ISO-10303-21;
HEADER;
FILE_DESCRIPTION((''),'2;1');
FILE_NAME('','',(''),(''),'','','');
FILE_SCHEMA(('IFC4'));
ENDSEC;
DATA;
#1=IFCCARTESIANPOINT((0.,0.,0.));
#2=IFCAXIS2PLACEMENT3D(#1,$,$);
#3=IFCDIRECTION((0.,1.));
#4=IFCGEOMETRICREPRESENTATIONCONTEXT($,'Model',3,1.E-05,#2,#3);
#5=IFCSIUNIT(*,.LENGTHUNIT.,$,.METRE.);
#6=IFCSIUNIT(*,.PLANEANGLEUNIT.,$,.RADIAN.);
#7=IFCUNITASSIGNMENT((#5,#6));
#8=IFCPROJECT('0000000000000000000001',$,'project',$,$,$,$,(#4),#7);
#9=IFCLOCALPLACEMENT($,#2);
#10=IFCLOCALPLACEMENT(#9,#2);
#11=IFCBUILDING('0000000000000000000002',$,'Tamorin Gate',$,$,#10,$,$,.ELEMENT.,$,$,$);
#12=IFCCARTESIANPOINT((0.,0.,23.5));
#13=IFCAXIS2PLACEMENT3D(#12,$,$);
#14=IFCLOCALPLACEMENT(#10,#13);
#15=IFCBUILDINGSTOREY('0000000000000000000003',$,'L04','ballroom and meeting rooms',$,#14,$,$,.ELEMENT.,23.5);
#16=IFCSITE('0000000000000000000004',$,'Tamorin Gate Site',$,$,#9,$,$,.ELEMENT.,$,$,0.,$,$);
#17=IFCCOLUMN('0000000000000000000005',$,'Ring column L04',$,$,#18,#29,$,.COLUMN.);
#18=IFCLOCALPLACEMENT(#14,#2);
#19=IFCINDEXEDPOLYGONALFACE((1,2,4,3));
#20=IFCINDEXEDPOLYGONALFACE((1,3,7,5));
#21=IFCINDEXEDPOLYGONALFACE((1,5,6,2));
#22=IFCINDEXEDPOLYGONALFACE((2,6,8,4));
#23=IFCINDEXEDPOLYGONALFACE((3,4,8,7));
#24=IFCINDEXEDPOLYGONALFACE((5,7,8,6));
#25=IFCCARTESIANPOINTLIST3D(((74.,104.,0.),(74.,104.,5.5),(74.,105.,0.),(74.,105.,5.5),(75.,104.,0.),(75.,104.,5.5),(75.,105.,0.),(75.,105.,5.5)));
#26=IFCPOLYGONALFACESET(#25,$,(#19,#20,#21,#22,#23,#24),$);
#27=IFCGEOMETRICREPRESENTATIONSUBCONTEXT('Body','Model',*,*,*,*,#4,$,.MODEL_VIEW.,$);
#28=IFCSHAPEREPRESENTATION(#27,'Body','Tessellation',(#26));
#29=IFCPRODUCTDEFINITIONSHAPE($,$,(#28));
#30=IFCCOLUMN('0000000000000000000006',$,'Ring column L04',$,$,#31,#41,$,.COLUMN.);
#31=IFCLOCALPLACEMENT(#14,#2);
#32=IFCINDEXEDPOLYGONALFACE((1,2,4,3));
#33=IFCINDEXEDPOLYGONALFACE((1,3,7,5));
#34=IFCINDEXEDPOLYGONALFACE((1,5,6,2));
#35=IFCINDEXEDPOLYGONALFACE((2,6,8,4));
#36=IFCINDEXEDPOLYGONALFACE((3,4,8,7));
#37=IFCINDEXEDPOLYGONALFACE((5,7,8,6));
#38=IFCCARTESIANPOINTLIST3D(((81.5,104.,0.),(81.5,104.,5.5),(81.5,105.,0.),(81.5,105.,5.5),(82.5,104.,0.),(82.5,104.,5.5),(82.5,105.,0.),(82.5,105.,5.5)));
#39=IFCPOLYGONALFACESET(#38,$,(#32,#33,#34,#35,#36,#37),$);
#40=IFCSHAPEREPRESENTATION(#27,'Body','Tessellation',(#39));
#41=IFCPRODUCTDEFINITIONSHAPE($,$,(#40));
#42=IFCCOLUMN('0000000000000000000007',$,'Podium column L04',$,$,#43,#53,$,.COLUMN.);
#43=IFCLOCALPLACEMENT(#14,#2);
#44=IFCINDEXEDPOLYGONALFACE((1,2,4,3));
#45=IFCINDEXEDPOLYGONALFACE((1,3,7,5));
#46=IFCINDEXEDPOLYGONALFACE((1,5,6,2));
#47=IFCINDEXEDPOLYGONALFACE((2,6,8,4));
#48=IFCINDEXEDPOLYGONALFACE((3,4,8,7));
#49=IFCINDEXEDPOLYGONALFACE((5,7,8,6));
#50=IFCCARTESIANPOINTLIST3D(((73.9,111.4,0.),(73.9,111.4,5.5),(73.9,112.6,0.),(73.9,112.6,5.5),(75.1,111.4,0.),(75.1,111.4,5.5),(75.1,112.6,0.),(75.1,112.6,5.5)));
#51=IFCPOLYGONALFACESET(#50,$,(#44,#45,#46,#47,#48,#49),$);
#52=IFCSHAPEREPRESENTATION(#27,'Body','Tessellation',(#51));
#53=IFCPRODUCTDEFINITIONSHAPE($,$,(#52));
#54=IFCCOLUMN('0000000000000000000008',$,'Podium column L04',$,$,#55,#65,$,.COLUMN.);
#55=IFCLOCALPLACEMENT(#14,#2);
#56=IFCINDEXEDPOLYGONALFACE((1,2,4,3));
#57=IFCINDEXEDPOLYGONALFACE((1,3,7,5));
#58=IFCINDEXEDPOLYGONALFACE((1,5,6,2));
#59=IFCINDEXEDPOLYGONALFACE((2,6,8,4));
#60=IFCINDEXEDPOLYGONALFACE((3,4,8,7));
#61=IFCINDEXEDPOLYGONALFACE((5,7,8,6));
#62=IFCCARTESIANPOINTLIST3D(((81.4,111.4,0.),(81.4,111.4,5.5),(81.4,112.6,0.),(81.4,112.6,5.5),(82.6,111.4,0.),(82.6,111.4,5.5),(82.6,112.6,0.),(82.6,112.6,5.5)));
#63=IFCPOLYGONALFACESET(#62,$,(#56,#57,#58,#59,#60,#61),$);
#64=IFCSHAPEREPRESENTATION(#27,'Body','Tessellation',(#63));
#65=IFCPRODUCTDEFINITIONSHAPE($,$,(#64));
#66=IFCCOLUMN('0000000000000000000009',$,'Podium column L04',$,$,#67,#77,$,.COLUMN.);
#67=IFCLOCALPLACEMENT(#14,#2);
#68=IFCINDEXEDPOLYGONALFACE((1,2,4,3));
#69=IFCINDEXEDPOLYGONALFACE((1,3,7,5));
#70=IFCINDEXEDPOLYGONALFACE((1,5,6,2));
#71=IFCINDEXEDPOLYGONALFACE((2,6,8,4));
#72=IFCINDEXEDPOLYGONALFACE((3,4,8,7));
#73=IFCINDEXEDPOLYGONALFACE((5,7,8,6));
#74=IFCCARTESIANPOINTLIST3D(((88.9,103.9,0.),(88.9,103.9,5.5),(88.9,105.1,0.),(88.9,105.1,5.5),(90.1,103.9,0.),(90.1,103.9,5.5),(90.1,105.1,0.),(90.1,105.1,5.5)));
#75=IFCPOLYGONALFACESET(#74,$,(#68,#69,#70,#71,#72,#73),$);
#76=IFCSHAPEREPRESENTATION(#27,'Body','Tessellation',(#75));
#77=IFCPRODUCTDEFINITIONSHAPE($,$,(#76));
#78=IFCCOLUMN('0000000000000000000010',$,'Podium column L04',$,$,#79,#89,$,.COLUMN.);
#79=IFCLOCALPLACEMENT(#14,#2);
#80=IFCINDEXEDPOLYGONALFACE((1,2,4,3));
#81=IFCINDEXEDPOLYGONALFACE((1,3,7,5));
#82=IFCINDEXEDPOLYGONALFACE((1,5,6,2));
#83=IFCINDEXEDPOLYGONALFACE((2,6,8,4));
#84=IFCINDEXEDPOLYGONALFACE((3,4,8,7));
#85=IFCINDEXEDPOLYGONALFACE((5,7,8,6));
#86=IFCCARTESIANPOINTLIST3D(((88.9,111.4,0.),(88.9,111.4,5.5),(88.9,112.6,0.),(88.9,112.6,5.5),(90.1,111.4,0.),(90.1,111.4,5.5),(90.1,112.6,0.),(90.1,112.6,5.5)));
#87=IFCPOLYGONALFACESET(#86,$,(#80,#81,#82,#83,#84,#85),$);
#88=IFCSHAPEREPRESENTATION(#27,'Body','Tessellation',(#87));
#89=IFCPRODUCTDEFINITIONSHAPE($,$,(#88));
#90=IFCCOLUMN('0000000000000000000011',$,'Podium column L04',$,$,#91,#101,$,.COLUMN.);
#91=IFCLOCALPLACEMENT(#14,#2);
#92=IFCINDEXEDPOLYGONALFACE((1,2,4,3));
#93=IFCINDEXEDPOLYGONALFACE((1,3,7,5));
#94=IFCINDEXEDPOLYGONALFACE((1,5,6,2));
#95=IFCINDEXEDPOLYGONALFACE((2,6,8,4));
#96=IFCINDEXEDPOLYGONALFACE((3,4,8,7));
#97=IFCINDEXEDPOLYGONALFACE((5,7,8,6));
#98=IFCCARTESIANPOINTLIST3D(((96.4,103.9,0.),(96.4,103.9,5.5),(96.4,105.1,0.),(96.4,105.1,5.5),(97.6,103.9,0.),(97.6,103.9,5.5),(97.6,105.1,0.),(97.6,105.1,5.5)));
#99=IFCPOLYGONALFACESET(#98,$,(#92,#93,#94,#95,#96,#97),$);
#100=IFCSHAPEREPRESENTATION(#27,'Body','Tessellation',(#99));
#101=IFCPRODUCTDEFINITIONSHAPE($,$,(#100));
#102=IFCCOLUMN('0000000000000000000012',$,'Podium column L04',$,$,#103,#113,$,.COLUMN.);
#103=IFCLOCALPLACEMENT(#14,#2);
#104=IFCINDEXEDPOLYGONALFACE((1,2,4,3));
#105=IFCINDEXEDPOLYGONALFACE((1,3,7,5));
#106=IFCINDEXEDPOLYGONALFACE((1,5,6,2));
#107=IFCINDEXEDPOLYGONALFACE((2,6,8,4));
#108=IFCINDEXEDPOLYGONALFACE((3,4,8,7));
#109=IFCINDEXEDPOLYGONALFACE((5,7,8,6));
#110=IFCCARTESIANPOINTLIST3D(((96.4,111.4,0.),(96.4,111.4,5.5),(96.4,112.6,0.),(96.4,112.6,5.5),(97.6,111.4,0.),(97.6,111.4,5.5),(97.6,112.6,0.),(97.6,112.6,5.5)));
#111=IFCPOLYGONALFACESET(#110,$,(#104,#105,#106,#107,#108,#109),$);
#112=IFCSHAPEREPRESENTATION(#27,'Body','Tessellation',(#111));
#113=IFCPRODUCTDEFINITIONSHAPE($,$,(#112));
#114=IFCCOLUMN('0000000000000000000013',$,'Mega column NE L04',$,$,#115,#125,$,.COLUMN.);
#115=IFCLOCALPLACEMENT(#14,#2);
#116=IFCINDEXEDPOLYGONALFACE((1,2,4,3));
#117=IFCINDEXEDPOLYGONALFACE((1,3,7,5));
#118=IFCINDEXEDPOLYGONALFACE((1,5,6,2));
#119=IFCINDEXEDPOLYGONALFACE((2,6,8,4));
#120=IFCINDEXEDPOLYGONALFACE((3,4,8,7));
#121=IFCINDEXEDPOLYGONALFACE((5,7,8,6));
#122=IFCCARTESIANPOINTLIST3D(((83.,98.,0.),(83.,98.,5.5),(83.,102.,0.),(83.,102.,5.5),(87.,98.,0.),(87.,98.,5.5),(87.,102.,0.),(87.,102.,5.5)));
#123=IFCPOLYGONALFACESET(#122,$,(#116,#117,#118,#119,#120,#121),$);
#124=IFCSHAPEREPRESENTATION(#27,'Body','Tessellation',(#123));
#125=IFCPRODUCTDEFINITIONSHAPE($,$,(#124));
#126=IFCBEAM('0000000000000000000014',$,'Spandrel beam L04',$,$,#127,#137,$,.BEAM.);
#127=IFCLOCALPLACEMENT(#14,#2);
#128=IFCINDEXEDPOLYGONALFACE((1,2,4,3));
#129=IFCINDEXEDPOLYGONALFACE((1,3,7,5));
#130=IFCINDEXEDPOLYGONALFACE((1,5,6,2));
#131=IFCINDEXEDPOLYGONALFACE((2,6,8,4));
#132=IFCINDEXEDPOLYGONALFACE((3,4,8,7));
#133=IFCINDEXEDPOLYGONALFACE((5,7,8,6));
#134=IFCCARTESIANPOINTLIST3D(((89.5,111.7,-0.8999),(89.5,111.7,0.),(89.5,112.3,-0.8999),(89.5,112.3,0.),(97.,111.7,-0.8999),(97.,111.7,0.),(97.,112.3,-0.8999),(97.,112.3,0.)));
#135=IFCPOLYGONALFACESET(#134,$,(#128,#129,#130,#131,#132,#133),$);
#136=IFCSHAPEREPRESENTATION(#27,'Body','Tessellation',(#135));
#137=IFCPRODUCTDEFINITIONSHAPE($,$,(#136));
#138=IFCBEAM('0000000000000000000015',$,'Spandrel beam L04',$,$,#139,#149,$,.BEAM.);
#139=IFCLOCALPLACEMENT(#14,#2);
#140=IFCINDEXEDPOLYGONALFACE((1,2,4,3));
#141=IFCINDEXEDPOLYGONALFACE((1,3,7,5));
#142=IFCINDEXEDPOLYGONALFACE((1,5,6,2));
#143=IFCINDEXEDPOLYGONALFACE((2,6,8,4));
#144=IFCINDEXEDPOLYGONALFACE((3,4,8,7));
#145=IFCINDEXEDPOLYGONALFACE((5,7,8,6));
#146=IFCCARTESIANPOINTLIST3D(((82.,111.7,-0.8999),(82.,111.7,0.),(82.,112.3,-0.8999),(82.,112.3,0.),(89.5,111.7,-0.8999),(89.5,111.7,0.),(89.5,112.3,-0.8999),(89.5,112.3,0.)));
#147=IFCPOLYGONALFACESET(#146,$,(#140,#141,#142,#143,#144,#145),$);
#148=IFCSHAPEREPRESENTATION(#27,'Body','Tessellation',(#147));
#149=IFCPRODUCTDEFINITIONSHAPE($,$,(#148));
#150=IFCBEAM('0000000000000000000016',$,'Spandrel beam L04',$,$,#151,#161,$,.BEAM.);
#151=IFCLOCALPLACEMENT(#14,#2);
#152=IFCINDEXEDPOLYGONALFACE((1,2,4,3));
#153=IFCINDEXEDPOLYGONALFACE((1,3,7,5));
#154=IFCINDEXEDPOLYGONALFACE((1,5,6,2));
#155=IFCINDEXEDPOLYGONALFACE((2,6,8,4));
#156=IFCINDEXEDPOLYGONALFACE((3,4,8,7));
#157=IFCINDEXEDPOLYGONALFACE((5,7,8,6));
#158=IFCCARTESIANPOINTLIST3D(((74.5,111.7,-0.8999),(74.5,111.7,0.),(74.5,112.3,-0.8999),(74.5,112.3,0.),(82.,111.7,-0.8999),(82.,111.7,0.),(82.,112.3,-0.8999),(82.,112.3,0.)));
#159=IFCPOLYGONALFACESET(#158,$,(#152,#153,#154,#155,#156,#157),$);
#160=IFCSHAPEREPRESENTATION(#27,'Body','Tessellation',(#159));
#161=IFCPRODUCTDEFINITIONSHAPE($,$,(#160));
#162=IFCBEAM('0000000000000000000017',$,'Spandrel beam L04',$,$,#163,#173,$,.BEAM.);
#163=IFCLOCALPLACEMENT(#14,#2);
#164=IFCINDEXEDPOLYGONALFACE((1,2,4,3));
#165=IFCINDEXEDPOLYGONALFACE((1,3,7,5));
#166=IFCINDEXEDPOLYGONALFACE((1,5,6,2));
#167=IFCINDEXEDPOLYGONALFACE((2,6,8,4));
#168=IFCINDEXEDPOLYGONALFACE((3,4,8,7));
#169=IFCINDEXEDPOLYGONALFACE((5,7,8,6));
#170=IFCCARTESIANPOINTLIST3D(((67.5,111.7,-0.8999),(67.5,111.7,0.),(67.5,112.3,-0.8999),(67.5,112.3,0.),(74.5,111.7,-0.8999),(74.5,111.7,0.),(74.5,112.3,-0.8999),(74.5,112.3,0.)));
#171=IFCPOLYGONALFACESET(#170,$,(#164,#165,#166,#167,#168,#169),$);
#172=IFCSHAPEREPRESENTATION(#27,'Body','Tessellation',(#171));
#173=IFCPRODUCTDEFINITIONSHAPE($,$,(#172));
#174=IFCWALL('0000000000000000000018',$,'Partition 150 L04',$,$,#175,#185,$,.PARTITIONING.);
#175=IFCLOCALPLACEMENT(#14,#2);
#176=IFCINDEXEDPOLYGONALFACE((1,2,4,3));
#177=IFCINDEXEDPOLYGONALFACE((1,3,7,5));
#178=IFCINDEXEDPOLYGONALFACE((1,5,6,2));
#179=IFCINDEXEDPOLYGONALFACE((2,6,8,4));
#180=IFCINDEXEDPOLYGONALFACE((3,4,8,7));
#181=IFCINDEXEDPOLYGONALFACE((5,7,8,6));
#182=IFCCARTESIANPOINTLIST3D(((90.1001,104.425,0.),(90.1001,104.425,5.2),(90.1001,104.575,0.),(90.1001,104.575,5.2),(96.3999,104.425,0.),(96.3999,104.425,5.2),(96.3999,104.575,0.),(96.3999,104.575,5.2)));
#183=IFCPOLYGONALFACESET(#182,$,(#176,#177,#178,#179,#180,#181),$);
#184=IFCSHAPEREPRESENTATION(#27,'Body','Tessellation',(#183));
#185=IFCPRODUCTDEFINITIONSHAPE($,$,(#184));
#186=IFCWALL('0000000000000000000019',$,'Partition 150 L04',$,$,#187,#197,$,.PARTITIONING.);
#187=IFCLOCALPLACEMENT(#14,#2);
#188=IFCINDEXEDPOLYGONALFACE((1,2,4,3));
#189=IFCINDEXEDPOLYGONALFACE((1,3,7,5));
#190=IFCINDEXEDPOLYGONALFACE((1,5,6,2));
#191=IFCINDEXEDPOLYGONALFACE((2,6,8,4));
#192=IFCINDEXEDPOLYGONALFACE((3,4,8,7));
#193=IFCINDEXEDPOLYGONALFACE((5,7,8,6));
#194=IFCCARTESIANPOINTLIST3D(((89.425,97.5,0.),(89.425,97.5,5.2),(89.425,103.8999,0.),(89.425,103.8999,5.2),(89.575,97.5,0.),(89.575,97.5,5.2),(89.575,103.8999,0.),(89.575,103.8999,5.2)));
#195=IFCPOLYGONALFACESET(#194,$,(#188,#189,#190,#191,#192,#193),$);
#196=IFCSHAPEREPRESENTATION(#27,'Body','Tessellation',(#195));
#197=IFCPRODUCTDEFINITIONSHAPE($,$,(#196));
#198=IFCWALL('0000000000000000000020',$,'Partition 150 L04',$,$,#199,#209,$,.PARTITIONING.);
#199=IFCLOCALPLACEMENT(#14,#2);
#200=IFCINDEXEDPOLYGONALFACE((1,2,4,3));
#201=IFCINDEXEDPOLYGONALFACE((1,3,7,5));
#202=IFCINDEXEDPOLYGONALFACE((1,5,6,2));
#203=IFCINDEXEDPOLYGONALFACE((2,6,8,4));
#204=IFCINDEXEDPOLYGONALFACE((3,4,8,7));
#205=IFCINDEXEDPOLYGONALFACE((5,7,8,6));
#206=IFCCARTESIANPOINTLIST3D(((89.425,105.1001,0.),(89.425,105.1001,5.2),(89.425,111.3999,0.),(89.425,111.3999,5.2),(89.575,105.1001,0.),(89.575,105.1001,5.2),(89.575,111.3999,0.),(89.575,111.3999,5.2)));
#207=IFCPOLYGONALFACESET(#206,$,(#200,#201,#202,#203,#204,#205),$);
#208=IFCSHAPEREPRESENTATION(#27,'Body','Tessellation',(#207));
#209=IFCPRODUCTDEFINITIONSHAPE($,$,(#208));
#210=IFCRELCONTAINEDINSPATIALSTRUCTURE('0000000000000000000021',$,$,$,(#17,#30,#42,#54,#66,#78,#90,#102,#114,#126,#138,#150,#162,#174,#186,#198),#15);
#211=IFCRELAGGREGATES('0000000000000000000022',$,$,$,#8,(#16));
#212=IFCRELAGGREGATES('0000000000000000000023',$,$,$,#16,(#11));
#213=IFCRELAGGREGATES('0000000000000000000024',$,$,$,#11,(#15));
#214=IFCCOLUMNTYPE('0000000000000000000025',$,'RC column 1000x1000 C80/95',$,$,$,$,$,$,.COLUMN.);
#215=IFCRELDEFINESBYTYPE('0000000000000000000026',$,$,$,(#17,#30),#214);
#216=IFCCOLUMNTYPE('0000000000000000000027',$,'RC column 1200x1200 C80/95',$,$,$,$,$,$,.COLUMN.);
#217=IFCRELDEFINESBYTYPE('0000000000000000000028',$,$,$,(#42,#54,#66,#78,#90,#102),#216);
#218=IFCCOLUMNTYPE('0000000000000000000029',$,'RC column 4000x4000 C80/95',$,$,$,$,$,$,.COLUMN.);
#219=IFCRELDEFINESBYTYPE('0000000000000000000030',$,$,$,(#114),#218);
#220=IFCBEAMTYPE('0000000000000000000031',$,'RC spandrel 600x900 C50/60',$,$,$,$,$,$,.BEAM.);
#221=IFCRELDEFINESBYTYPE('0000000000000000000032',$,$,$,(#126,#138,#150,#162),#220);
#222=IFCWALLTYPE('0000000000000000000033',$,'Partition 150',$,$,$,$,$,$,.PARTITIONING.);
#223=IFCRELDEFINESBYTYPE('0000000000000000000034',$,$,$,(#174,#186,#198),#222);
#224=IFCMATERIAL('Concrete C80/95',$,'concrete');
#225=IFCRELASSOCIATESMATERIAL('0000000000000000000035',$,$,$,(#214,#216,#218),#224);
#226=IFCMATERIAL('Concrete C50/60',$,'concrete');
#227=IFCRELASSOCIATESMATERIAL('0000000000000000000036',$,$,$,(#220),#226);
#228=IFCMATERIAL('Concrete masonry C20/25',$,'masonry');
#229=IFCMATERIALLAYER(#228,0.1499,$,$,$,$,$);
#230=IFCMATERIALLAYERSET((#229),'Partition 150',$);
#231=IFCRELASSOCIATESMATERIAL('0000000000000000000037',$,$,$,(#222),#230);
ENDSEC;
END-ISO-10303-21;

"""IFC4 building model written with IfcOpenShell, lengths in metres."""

from ifc_helpers import new_model, si_unit, direction, frame, frame_2d, origin, origin_2d, place, context, subcontext, project, spatial, rectangle, extrude, material, layer, layer_set, material_profile, profile_set, type_object, element, save


model = new_model("IFC4")

# Units and contexts
model_context = context("Model", 3, precision=1e-05, world=origin(), true_north=direction((0.0, 1.0)))
body_context = subcontext(model_context, "Body", "Model", "MODEL_VIEW")
ifc_project = project(units=[si_unit("LENGTHUNIT", "METRE"), si_unit("PLANEANGLEUNIT", "RADIAN")], contexts=[model_context])

# Site, building, storey
site_placement = place(None, origin())
site = spatial("IfcSite", under=ifc_project, at=site_placement, Name="Tamorin Gate Site", CompositionType="ELEMENT", RefElevation=0.0)
building_placement = place(site_placement, origin())
building = spatial("IfcBuilding", under=site, at=building_placement, Name="Tamorin Gate", CompositionType="ELEMENT")
storey_placement = place(building_placement, frame((0.0, 0.0, 23.5)))
storey = spatial("IfcBuildingStorey", under=building, at=storey_placement, Name="L04", Description="ballroom and meeting rooms", CompositionType="ELEMENT", Elevation=23.5)

# Columns
ifc_material_1 = material(Name="Concrete C80/95", Category="concrete")
ifc_material_profile_1 = material_profile(ifc_material_1, rectangle(XDim=1.0, YDim=1.0, at=origin_2d()), Name="RC 1000x1000")
ifc_profile_set_1 = profile_set([ifc_material_profile_1], Name="Concrete C80/95")
column_type_1 = type_object("IfcColumnType", Name="RC column 1000x1000 C80/95", PredefinedType="COLUMN", material=ifc_profile_set_1)
for number, where, z_axis, x_axis, name in (
    (1, (74.5, 104.5, 0.0), (0.0, 0.0, 1.0), (1.0, 0.0, 0.0), "Ring column L04"),
    (2, (82.0, 104.5, 0.0), (0.0, 0.0, 1.0), (1.0, 0.0, 0.0), "Ring column L04"),
):
    element("IfcColumn", number, at=place(storey_placement, frame(where, z_axis=z_axis, x_axis=x_axis)), inside=storey, type_object=column_type_1, Name=name, PredefinedType="COLUMN", context=body_context, shape_type="SweptSolid", body=[
        extrude(rectangle(XDim=1.0, YDim=1.0, at=origin_2d()), origin(), (0.0, 0.0, 1.0), 5.5),
    ])
ifc_material_profile_2 = material_profile(ifc_material_1, rectangle(XDim=1.2, YDim=1.2, at=origin_2d()), Name="RC 1200x1200")
ifc_profile_set_2 = profile_set([ifc_material_profile_2], Name="Concrete C80/95")
column_type_2 = type_object("IfcColumnType", Name="RC column 1200x1200 C80/95", PredefinedType="COLUMN", material=ifc_profile_set_2)
for number, where, z_axis, x_axis, name in (
    (3, (74.5, 112.0, 0.0), (0.0, 0.0, 1.0), (1.0, 0.0, 0.0), "Podium column L04"),
    (4, (82.0, 112.0, 0.0), (0.0, 0.0, 1.0), (1.0, 0.0, 0.0), "Podium column L04"),
    (5, (89.5, 104.5, 0.0), (0.0, 0.0, 1.0), (1.0, 0.0, 0.0), "Podium column L04"),
    (6, (89.5, 112.0, 0.0), (0.0, 0.0, 1.0), (1.0, 0.0, 0.0), "Podium column L04"),
    (7, (97.0, 104.5, 0.0), (0.0, 0.0, 1.0), (1.0, 0.0, 0.0), "Podium column L04"),
    (8, (97.0, 112.0, 0.0), (0.0, 0.0, 1.0), (1.0, 0.0, 0.0), "Podium column L04"),
):
    element("IfcColumn", number, at=place(storey_placement, frame(where, z_axis=z_axis, x_axis=x_axis)), inside=storey, type_object=column_type_2, Name=name, PredefinedType="COLUMN", context=body_context, shape_type="SweptSolid", body=[
        extrude(rectangle(XDim=1.2, YDim=1.2, at=origin_2d()), origin(), (0.0, 0.0, 1.0), 5.5),
    ])
ifc_material_profile_3 = material_profile(ifc_material_1, rectangle(XDim=4.0, YDim=4.0, at=origin_2d()), Name="RC 4000x4000")
ifc_profile_set_3 = profile_set([ifc_material_profile_3], Name="Concrete C80/95")
column_type_3 = type_object("IfcColumnType", Name="RC column 4000x4000 C80/95", PredefinedType="COLUMN", material=ifc_profile_set_3)
column_placement = place(storey_placement, frame((85.0, 100.0, 0.0), z_axis=(0.0, 0.0, 1.0), x_axis=(1.0, 0.0, 0.0)))
element("IfcColumn", 9, at=column_placement, inside=storey, type_object=column_type_3, Name="Mega column NE L04", PredefinedType="COLUMN", context=body_context, shape_type="SweptSolid", body=[
    extrude(rectangle(XDim=4.0, YDim=4.0, at=origin_2d()), origin(), (0.0, 0.0, 1.0), 5.5),
])

# Beams
ifc_material_2 = material(Name="Concrete C50/60", Category="concrete")
ifc_material_profile_4 = material_profile(ifc_material_2, rectangle(XDim=0.6001, YDim=0.8999, at=origin_2d()), Name="RC 600x900")
ifc_profile_set_4 = profile_set([ifc_material_profile_4], Name="Concrete C50/60")
beam_type = type_object("IfcBeamType", Name="RC spandrel 600x900 C50/60", PredefinedType="BEAM", material=ifc_profile_set_4)
for number, where, z_axis, x_axis, name in (
    (10, (97.0, 112.0, -0.45), (-1.0, 0.0, 0.0), (0.0, -1.0, 0.0), "Spandrel beam L04"),
    (11, (89.5, 112.0, -0.45), (-1.0, 0.0, 0.0), (0.0, -1.0, 0.0), "Spandrel beam L04"),
    (12, (82.0, 112.0, -0.45), (-1.0, 0.0, 0.0), (0.0, -1.0, 0.0), "Spandrel beam L04"),
):
    element("IfcBeam", number, at=place(storey_placement, frame(where, z_axis=z_axis, x_axis=x_axis)), inside=storey, type_object=beam_type, Name=name, PredefinedType="BEAM", context=body_context, shape_type="SweptSolid", body=[
        extrude(rectangle(XDim=0.6001, YDim=0.8999, at=origin_2d()), origin(), (0.0, 0.0, 1.0), 7.5),
    ])
beam_placement = place(storey_placement, frame((74.5, 112.0, -0.45), z_axis=(-1.0, 0.0, 0.0), x_axis=(0.0, -1.0, 0.0)))
element("IfcBeam", 13, at=beam_placement, inside=storey, type_object=beam_type, Name="Spandrel beam L04", PredefinedType="BEAM", context=body_context, shape_type="SweptSolid", body=[
    extrude(rectangle(XDim=0.6001, YDim=0.8999, at=origin_2d()), origin(), (0.0, 0.0, 1.0), 7.0),
])

# Walls
ifc_material_3 = material(Name="Concrete masonry C20/25", Category="masonry")
ifc_layer_1 = layer(ifc_material_3, 0.1499)
ifc_layer_set_1 = layer_set([ifc_layer_1], Name="Partition 150")
wall_type_1 = type_object("IfcWallType", Name="Partition 150", PredefinedType="PARTITIONING", material=ifc_layer_set_1)
wall_1_placement = place(storey_placement, frame((90.1001, 104.5, 0.0), z_axis=(0.0, 0.0, 1.0), x_axis=(1.0, 0.0, 0.0)))
element("IfcWall", 14, at=wall_1_placement, inside=storey, type_object=wall_type_1, Name="Partition 150 L04", PredefinedType="PARTITIONING", context=body_context, shape_type="SweptSolid", body=[
    extrude(rectangle(XDim=6.2998, YDim=0.1499, at=frame_2d((3.1499, 0.0))), origin(), (0.0, 0.0, 1.0), 5.2),
])
wall_2_placement = place(storey_placement, frame((89.5, 97.5, 0.0), z_axis=(0.0, 0.0, 1.0), x_axis=(0.0, 1.0, 0.0)))
element("IfcWall", 15, at=wall_2_placement, inside=storey, type_object=wall_type_1, Name="Partition 150 L04", PredefinedType="PARTITIONING", context=body_context, shape_type="SweptSolid", body=[
    extrude(rectangle(XDim=6.3999, YDim=0.1499, at=frame_2d((3.2, 0.0))), origin(), (0.0, 0.0, 1.0), 5.2),
])
wall_3_placement = place(storey_placement, frame((89.5, 105.1001, 0.0), z_axis=(0.0, 0.0, 1.0), x_axis=(0.0, 1.0, 0.0)))
element("IfcWall", 16, at=wall_3_placement, inside=storey, type_object=wall_type_1, Name="Partition 150 L04", PredefinedType="PARTITIONING", context=body_context, shape_type="SweptSolid", body=[
    extrude(rectangle(XDim=6.2998, YDim=0.1499, at=frame_2d((3.1499, 0.0))), origin(), (0.0, 0.0, 1.0), 5.2),
])

save(model, "model.ifc")
